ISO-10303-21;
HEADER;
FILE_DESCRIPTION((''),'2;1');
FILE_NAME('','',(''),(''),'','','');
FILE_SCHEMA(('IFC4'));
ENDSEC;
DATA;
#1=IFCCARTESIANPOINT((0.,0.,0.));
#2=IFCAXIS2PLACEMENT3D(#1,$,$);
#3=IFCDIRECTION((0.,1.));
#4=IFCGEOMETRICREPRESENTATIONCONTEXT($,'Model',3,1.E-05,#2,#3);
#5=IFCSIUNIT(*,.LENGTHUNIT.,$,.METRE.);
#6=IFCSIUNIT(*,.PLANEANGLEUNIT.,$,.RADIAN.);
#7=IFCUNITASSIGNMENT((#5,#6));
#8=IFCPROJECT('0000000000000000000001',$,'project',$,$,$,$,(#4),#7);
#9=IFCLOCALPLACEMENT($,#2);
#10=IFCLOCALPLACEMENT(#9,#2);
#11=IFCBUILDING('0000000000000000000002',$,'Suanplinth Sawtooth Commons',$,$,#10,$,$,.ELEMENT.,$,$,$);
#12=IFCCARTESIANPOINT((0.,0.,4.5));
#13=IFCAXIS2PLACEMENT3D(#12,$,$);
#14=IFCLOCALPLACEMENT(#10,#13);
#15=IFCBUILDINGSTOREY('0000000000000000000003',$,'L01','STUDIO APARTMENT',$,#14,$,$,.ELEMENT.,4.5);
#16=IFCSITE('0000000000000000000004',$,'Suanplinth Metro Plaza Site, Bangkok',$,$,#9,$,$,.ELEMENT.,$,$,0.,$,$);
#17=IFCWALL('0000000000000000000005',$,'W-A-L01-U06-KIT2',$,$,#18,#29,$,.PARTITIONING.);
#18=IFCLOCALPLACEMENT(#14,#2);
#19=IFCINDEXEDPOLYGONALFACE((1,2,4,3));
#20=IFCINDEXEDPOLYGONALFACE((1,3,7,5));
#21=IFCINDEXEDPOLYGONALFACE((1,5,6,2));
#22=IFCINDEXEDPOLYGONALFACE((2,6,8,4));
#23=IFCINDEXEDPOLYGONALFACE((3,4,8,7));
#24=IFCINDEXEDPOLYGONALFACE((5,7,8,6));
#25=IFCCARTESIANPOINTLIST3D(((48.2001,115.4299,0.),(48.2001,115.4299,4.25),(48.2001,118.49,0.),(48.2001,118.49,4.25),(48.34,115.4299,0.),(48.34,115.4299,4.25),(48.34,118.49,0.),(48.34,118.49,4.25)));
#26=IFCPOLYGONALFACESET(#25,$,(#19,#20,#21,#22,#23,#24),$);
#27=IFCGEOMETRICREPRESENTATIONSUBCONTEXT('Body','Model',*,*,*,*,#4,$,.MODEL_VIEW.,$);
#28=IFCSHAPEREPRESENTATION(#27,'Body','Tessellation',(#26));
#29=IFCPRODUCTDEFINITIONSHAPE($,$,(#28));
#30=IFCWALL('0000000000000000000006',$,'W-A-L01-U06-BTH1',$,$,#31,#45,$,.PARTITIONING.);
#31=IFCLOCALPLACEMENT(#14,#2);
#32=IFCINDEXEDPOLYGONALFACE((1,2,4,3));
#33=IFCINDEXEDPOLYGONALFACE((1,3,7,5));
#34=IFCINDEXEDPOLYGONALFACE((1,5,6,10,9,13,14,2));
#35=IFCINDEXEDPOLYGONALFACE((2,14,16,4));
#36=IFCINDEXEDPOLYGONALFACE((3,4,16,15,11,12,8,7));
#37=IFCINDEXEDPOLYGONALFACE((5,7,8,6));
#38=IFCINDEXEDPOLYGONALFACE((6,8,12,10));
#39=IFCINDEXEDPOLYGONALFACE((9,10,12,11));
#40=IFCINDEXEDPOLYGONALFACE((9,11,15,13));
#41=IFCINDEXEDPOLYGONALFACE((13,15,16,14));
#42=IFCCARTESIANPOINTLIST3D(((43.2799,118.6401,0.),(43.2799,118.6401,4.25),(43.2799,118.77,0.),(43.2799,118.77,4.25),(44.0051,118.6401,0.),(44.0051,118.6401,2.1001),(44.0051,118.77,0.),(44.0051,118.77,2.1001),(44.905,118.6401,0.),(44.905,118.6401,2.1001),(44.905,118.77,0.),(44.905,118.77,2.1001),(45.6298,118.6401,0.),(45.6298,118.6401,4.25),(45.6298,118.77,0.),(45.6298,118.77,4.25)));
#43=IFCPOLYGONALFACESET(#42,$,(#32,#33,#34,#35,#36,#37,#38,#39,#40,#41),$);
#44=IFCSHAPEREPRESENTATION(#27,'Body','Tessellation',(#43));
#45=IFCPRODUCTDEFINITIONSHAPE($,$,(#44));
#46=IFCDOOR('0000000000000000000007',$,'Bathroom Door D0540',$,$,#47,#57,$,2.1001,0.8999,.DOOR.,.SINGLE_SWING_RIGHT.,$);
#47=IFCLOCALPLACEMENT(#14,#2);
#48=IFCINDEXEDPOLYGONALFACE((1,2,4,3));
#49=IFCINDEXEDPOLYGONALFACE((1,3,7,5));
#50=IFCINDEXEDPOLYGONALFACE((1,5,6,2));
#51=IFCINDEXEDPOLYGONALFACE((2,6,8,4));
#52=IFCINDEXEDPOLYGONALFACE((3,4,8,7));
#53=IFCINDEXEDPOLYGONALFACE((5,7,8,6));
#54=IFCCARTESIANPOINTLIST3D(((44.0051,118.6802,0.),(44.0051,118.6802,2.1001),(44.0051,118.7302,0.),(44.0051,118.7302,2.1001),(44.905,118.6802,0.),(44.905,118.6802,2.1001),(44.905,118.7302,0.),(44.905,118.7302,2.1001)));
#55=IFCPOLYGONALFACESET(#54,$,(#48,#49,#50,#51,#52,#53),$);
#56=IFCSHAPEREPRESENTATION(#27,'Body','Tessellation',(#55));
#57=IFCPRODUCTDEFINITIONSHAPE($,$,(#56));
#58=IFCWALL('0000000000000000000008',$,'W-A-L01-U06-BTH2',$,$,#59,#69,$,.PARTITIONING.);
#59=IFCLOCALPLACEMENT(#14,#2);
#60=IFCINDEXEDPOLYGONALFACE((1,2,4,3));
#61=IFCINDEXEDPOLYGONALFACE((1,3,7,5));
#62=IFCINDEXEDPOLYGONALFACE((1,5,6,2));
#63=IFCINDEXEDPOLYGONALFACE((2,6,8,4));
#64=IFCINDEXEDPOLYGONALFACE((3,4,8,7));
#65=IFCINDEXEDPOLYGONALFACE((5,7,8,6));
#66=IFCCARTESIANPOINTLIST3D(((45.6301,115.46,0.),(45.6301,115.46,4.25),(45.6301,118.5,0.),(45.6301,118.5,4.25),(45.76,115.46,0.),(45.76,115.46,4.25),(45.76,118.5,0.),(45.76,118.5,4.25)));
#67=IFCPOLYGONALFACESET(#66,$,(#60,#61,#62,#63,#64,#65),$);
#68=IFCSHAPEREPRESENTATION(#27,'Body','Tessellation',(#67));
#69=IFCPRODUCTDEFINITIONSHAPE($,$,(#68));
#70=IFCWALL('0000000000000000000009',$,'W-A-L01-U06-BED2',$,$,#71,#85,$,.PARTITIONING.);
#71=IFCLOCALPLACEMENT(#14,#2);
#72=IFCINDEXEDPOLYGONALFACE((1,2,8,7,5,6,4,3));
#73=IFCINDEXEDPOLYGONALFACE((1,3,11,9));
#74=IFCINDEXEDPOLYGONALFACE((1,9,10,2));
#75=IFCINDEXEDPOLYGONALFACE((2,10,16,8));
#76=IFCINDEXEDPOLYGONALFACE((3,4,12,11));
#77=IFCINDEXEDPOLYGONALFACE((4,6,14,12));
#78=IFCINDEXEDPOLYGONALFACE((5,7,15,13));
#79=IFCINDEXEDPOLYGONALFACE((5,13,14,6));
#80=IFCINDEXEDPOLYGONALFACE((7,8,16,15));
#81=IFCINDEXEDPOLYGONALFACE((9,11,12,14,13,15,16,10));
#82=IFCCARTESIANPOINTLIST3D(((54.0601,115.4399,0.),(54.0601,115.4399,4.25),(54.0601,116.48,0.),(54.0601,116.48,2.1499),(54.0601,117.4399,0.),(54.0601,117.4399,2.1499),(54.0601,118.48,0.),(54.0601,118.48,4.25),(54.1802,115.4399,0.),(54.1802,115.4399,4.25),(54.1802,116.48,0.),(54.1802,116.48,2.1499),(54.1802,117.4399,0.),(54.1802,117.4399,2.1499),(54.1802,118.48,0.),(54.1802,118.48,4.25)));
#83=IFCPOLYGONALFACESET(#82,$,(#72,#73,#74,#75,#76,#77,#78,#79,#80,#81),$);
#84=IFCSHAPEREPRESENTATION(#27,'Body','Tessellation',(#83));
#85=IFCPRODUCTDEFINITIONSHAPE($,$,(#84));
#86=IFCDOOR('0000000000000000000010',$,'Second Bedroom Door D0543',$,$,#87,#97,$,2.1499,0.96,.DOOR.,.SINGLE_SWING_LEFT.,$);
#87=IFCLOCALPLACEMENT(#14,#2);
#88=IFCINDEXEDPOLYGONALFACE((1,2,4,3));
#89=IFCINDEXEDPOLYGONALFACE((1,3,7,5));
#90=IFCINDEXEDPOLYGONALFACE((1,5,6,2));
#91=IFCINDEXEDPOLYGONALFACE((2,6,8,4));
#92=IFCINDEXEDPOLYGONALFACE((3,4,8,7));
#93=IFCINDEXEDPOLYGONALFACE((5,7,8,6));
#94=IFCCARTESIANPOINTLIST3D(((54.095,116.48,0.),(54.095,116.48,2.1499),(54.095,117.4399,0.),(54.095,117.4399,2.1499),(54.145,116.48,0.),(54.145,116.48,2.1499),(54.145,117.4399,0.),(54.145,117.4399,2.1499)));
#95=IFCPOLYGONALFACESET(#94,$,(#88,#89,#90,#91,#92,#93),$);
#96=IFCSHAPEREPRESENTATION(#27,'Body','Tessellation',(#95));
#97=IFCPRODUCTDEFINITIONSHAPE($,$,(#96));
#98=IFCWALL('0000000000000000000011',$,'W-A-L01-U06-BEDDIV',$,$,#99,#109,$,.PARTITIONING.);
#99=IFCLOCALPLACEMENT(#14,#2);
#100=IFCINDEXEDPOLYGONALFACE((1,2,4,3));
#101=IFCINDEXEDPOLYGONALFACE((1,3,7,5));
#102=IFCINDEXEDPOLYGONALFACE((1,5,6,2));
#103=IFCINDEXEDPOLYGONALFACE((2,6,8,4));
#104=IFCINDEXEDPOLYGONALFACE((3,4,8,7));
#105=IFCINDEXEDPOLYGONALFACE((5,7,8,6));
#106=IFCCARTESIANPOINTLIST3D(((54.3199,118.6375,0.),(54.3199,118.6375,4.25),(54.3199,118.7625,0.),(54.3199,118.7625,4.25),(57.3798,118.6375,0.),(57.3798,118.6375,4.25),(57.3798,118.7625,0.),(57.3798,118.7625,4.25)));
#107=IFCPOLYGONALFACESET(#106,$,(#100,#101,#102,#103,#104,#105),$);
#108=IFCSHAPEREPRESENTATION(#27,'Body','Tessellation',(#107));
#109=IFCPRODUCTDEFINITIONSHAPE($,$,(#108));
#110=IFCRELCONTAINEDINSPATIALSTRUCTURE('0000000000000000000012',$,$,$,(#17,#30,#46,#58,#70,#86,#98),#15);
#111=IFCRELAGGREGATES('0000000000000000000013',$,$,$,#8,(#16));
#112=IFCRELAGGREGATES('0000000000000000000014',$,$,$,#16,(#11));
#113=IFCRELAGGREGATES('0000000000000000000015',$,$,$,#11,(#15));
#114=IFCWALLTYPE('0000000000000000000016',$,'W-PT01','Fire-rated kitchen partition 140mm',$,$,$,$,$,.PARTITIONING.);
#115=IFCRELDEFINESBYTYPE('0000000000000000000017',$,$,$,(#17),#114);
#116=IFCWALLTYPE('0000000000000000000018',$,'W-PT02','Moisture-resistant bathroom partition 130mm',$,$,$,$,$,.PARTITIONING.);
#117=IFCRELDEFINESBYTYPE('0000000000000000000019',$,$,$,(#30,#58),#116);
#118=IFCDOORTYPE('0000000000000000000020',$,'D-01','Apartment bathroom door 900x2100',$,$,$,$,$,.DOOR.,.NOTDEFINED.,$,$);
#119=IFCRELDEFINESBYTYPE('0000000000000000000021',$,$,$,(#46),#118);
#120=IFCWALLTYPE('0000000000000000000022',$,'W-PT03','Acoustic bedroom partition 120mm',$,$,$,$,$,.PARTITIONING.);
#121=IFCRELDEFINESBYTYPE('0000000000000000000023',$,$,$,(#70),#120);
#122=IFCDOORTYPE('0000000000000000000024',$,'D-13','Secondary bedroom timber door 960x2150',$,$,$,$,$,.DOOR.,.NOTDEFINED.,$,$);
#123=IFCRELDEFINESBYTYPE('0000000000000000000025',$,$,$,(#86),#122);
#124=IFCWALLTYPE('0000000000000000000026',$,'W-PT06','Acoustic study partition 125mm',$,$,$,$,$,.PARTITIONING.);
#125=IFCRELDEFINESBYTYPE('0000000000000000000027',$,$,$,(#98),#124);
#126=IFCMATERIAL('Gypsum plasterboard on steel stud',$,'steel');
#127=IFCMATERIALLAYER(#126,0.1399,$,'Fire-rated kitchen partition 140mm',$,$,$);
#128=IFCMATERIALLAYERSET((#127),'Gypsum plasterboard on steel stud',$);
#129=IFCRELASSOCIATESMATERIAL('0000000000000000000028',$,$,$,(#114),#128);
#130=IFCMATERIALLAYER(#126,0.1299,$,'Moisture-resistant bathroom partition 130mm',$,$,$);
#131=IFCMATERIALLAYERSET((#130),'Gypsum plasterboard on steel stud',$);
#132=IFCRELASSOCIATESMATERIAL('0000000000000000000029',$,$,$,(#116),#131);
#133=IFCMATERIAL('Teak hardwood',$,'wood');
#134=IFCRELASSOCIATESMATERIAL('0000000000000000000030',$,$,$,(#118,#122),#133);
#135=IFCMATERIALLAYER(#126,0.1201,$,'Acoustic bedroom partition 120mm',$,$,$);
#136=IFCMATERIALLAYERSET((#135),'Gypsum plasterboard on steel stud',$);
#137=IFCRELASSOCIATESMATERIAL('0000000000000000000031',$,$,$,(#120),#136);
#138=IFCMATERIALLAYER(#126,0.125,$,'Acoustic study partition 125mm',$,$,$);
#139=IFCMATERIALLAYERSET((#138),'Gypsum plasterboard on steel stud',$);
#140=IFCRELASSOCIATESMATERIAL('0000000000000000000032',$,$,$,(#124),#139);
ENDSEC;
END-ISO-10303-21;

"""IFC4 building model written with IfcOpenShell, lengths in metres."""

from ifc_helpers import new_model, si_unit, direction, frame, frame_2d, origin, place, context, subcontext, project, spatial, rectangle, extrude, material, layer, layer_set, type_object, element, fill, save


model = new_model("IFC4")

# Units and contexts
model_context = context("Model", 3, precision=1e-05, world=origin(), true_north=direction((0.0, 1.0)))
body_context = subcontext(model_context, "Body", "Model", "MODEL_VIEW")
ifc_project = project(units=[si_unit("LENGTHUNIT", "METRE"), si_unit("PLANEANGLEUNIT", "RADIAN")], contexts=[model_context])

# Site, building, storey
site_placement = place(None, origin())
site = spatial("IfcSite", under=ifc_project, at=site_placement, Name="Suanplinth Metro Plaza Site, Bangkok", CompositionType="ELEMENT", RefElevation=0.0)
building_placement = place(site_placement, origin())
building = spatial("IfcBuilding", under=site, at=building_placement, Name="Suanplinth Sawtooth Commons", CompositionType="ELEMENT")
storey_placement = place(building_placement, frame((0.0, 0.0, 4.5)))
storey = spatial("IfcBuildingStorey", under=building, at=storey_placement, Name="L01", Description="STUDIO APARTMENT", CompositionType="ELEMENT", Elevation=4.5)

# Shared definitions
ifc_material_1 = material(Name="Gypsum plasterboard on steel stud", Category="steel")
ifc_layer_1 = layer(ifc_material_1, 0.1399, Name="Fire-rated kitchen partition 140mm")
ifc_layer_set_1 = layer_set([ifc_layer_1], Name="Gypsum plasterboard on steel stud")
wall_type_1 = type_object("IfcWallType", Name="W-PT01", Description="Fire-rated kitchen partition 140mm", PredefinedType="PARTITIONING", material=ifc_layer_set_1)
ifc_material_2 = material(Name="Teak hardwood", Category="wood")

# Wall
wall_1_placement = place(storey_placement, frame((48.27, 115.4299, 0.0), z_axis=(0.0, 0.0, 1.0), x_axis=(0.0, 1.0, 0.0)))
element("IfcWall", 1, at=wall_1_placement, inside=storey, type_object=wall_type_1, Name="W-A-L01-U06-KIT2", PredefinedType="PARTITIONING", context=body_context, shape_type="SweptSolid", body=[
    extrude(rectangle(XDim=3.0601, YDim=0.1399, at=frame_2d((1.53, 0.0))), origin(), (0.0, 0.0, 1.0), 4.25),
])

# Wall, opening, door
ifc_layer_2 = layer(ifc_material_1, 0.1299, Name="Moisture-resistant bathroom partition 130mm")
ifc_layer_set_2 = layer_set([ifc_layer_2], Name="Gypsum plasterboard on steel stud")
wall_type_2 = type_object("IfcWallType", Name="W-PT02", Description="Moisture-resistant bathroom partition 130mm", PredefinedType="PARTITIONING", material=ifc_layer_set_2)
wall_2_placement = place(storey_placement, frame((43.28, 118.7051, 0.0), z_axis=(0.0, 0.0, 1.0), x_axis=(1.0, 0.0, 0.0)))
wall_2 = element("IfcWall", 2, at=wall_2_placement, inside=storey, type_object=wall_type_2, Name="W-A-L01-U06-BTH1", PredefinedType="PARTITIONING", context=body_context, shape_type="SweptSolid", body=[
    extrude(rectangle(XDim=2.3499, YDim=0.1299, at=frame_2d((1.1748, 0.0))), origin(), (0.0, 0.0, 1.0), 4.25),
])
opening_1_placement = place(wall_2_placement, frame((0.7251, 0.0, 0.0)))
opening_1 = element("IfcOpeningElement", 3, at=opening_1_placement, cuts=wall_2, PredefinedType="OPENING", context=body_context, shape_type="SweptSolid", body=[
    extrude(rectangle(XDim=0.8999, YDim=2.1001, at=frame_2d((0.45, 1.05))), frame((0.0, 0.0798, 0.0), z_axis=(0.0, -1.0, 0.0), x_axis=(1.0, 0.0, 0.0)), (0.0, 0.0, 1.0), 0.1597),
])
door_type_1 = type_object("IfcDoorType", Name="D-01", Description="Apartment bathroom door 900x2100", OperationType="NOTDEFINED", PredefinedType="DOOR", material=ifc_material_2)
door_1_placement = place(opening_1_placement, frame((0.8999, 0.0, 0.0), z_axis=(0.0, 0.0, 1.0), x_axis=(-1.0, 0.0, 0.0)))
door_1 = element("IfcDoor", 4, at=door_1_placement, inside=storey, type_object=door_type_1, Name="Bathroom Door D0540", OperationType="SINGLE_SWING_RIGHT", OverallHeight=2.1001, OverallWidth=0.8999, PredefinedType="DOOR", context=body_context, shape_type="SweptSolid", body=[
    extrude(rectangle(XDim=0.8999, YDim=2.1001, at=frame_2d((0.45, 1.05))), frame((0.0, 0.0249, 0.0), z_axis=(0.0, -1.0, 0.0), x_axis=(1.0, 0.0, 0.0)), (0.0, 0.0, 1.0), 0.05),
])
fill(opening_1, door_1)

# Wall
wall_3_placement = place(storey_placement, frame((45.6951, 115.46, 0.0), z_axis=(0.0, 0.0, 1.0), x_axis=(0.0, 1.0, 0.0)))
element("IfcWall", 5, at=wall_3_placement, inside=storey, type_object=wall_type_2, Name="W-A-L01-U06-BTH2", PredefinedType="PARTITIONING", context=body_context, shape_type="SweptSolid", body=[
    extrude(rectangle(XDim=3.04, YDim=0.1299, at=frame_2d((1.52, 0.0))), origin(), (0.0, 0.0, 1.0), 4.25),
])

# Wall, opening, door
ifc_layer_3 = layer(ifc_material_1, 0.1201, Name="Acoustic bedroom partition 120mm")
ifc_layer_set_3 = layer_set([ifc_layer_3], Name="Gypsum plasterboard on steel stud")
wall_type_3 = type_object("IfcWallType", Name="W-PT03", Description="Acoustic bedroom partition 120mm", PredefinedType="PARTITIONING", material=ifc_layer_set_3)
wall_4_placement = place(storey_placement, frame((54.1201, 115.4399, 0.0), z_axis=(0.0, 0.0, 1.0), x_axis=(0.0, 1.0, 0.0)))
wall_4 = element("IfcWall", 6, at=wall_4_placement, inside=storey, type_object=wall_type_3, Name="W-A-L01-U06-BED2", PredefinedType="PARTITIONING", context=body_context, shape_type="SweptSolid", body=[
    extrude(rectangle(XDim=3.04, YDim=0.1201, at=frame_2d((1.52, 0.0))), origin(), (0.0, 0.0, 1.0), 4.25),
])
opening_2_placement = place(wall_4_placement, frame((1.04, 0.0, 0.0)))
opening_2 = element("IfcOpeningElement", 7, at=opening_2_placement, cuts=wall_4, PredefinedType="OPENING", context=body_context, shape_type="SweptSolid", body=[
    extrude(rectangle(XDim=0.96, YDim=2.1499, at=frame_2d((0.48, 1.075))), frame((0.0, 0.075, 0.0), z_axis=(0.0, -1.0, 0.0), x_axis=(1.0, 0.0, 0.0)), (0.0, 0.0, 1.0), 0.1499),
])
door_type_2 = type_object("IfcDoorType", Name="D-13", Description="Secondary bedroom timber door 960x2150", OperationType="NOTDEFINED", PredefinedType="DOOR", material=ifc_material_2)
door_2_placement = place(opening_2_placement, frame((0.96, 0.0, 0.0), z_axis=(0.0, 0.0, 1.0), x_axis=(-1.0, 0.0, 0.0)))
door_2 = element("IfcDoor", 8, at=door_2_placement, inside=storey, type_object=door_type_2, Name="Second Bedroom Door D0543", OperationType="SINGLE_SWING_LEFT", OverallHeight=2.1499, OverallWidth=0.96, PredefinedType="DOOR", context=body_context, shape_type="SweptSolid", body=[
    extrude(rectangle(XDim=0.96, YDim=2.1499, at=frame_2d((0.48, 1.075))), frame((0.0, 0.0249, 0.0), z_axis=(0.0, -1.0, 0.0), x_axis=(1.0, 0.0, 0.0)), (0.0, 0.0, 1.0), 0.05),
])
fill(opening_2, door_2)

# Wall
ifc_layer_4 = layer(ifc_material_1, 0.125, Name="Acoustic study partition 125mm")
ifc_layer_set_4 = layer_set([ifc_layer_4], Name="Gypsum plasterboard on steel stud")
wall_type_4 = type_object("IfcWallType", Name="W-PT06", Description="Acoustic study partition 125mm", PredefinedType="PARTITIONING", material=ifc_layer_set_4)
wall_5_placement = place(storey_placement, frame((54.3201, 118.7, 0.0), z_axis=(0.0, 0.0, 1.0), x_axis=(1.0, 0.0, 0.0)))
element("IfcWall", 9, at=wall_5_placement, inside=storey, type_object=wall_type_4, Name="W-A-L01-U06-BEDDIV", PredefinedType="PARTITIONING", context=body_context, shape_type="SweptSolid", body=[
    extrude(rectangle(XDim=3.0598, YDim=0.125, at=frame_2d((1.5298, 0.0))), origin(), (0.0, 0.0, 1.0), 4.25),
])

save(model, "model.ifc")
